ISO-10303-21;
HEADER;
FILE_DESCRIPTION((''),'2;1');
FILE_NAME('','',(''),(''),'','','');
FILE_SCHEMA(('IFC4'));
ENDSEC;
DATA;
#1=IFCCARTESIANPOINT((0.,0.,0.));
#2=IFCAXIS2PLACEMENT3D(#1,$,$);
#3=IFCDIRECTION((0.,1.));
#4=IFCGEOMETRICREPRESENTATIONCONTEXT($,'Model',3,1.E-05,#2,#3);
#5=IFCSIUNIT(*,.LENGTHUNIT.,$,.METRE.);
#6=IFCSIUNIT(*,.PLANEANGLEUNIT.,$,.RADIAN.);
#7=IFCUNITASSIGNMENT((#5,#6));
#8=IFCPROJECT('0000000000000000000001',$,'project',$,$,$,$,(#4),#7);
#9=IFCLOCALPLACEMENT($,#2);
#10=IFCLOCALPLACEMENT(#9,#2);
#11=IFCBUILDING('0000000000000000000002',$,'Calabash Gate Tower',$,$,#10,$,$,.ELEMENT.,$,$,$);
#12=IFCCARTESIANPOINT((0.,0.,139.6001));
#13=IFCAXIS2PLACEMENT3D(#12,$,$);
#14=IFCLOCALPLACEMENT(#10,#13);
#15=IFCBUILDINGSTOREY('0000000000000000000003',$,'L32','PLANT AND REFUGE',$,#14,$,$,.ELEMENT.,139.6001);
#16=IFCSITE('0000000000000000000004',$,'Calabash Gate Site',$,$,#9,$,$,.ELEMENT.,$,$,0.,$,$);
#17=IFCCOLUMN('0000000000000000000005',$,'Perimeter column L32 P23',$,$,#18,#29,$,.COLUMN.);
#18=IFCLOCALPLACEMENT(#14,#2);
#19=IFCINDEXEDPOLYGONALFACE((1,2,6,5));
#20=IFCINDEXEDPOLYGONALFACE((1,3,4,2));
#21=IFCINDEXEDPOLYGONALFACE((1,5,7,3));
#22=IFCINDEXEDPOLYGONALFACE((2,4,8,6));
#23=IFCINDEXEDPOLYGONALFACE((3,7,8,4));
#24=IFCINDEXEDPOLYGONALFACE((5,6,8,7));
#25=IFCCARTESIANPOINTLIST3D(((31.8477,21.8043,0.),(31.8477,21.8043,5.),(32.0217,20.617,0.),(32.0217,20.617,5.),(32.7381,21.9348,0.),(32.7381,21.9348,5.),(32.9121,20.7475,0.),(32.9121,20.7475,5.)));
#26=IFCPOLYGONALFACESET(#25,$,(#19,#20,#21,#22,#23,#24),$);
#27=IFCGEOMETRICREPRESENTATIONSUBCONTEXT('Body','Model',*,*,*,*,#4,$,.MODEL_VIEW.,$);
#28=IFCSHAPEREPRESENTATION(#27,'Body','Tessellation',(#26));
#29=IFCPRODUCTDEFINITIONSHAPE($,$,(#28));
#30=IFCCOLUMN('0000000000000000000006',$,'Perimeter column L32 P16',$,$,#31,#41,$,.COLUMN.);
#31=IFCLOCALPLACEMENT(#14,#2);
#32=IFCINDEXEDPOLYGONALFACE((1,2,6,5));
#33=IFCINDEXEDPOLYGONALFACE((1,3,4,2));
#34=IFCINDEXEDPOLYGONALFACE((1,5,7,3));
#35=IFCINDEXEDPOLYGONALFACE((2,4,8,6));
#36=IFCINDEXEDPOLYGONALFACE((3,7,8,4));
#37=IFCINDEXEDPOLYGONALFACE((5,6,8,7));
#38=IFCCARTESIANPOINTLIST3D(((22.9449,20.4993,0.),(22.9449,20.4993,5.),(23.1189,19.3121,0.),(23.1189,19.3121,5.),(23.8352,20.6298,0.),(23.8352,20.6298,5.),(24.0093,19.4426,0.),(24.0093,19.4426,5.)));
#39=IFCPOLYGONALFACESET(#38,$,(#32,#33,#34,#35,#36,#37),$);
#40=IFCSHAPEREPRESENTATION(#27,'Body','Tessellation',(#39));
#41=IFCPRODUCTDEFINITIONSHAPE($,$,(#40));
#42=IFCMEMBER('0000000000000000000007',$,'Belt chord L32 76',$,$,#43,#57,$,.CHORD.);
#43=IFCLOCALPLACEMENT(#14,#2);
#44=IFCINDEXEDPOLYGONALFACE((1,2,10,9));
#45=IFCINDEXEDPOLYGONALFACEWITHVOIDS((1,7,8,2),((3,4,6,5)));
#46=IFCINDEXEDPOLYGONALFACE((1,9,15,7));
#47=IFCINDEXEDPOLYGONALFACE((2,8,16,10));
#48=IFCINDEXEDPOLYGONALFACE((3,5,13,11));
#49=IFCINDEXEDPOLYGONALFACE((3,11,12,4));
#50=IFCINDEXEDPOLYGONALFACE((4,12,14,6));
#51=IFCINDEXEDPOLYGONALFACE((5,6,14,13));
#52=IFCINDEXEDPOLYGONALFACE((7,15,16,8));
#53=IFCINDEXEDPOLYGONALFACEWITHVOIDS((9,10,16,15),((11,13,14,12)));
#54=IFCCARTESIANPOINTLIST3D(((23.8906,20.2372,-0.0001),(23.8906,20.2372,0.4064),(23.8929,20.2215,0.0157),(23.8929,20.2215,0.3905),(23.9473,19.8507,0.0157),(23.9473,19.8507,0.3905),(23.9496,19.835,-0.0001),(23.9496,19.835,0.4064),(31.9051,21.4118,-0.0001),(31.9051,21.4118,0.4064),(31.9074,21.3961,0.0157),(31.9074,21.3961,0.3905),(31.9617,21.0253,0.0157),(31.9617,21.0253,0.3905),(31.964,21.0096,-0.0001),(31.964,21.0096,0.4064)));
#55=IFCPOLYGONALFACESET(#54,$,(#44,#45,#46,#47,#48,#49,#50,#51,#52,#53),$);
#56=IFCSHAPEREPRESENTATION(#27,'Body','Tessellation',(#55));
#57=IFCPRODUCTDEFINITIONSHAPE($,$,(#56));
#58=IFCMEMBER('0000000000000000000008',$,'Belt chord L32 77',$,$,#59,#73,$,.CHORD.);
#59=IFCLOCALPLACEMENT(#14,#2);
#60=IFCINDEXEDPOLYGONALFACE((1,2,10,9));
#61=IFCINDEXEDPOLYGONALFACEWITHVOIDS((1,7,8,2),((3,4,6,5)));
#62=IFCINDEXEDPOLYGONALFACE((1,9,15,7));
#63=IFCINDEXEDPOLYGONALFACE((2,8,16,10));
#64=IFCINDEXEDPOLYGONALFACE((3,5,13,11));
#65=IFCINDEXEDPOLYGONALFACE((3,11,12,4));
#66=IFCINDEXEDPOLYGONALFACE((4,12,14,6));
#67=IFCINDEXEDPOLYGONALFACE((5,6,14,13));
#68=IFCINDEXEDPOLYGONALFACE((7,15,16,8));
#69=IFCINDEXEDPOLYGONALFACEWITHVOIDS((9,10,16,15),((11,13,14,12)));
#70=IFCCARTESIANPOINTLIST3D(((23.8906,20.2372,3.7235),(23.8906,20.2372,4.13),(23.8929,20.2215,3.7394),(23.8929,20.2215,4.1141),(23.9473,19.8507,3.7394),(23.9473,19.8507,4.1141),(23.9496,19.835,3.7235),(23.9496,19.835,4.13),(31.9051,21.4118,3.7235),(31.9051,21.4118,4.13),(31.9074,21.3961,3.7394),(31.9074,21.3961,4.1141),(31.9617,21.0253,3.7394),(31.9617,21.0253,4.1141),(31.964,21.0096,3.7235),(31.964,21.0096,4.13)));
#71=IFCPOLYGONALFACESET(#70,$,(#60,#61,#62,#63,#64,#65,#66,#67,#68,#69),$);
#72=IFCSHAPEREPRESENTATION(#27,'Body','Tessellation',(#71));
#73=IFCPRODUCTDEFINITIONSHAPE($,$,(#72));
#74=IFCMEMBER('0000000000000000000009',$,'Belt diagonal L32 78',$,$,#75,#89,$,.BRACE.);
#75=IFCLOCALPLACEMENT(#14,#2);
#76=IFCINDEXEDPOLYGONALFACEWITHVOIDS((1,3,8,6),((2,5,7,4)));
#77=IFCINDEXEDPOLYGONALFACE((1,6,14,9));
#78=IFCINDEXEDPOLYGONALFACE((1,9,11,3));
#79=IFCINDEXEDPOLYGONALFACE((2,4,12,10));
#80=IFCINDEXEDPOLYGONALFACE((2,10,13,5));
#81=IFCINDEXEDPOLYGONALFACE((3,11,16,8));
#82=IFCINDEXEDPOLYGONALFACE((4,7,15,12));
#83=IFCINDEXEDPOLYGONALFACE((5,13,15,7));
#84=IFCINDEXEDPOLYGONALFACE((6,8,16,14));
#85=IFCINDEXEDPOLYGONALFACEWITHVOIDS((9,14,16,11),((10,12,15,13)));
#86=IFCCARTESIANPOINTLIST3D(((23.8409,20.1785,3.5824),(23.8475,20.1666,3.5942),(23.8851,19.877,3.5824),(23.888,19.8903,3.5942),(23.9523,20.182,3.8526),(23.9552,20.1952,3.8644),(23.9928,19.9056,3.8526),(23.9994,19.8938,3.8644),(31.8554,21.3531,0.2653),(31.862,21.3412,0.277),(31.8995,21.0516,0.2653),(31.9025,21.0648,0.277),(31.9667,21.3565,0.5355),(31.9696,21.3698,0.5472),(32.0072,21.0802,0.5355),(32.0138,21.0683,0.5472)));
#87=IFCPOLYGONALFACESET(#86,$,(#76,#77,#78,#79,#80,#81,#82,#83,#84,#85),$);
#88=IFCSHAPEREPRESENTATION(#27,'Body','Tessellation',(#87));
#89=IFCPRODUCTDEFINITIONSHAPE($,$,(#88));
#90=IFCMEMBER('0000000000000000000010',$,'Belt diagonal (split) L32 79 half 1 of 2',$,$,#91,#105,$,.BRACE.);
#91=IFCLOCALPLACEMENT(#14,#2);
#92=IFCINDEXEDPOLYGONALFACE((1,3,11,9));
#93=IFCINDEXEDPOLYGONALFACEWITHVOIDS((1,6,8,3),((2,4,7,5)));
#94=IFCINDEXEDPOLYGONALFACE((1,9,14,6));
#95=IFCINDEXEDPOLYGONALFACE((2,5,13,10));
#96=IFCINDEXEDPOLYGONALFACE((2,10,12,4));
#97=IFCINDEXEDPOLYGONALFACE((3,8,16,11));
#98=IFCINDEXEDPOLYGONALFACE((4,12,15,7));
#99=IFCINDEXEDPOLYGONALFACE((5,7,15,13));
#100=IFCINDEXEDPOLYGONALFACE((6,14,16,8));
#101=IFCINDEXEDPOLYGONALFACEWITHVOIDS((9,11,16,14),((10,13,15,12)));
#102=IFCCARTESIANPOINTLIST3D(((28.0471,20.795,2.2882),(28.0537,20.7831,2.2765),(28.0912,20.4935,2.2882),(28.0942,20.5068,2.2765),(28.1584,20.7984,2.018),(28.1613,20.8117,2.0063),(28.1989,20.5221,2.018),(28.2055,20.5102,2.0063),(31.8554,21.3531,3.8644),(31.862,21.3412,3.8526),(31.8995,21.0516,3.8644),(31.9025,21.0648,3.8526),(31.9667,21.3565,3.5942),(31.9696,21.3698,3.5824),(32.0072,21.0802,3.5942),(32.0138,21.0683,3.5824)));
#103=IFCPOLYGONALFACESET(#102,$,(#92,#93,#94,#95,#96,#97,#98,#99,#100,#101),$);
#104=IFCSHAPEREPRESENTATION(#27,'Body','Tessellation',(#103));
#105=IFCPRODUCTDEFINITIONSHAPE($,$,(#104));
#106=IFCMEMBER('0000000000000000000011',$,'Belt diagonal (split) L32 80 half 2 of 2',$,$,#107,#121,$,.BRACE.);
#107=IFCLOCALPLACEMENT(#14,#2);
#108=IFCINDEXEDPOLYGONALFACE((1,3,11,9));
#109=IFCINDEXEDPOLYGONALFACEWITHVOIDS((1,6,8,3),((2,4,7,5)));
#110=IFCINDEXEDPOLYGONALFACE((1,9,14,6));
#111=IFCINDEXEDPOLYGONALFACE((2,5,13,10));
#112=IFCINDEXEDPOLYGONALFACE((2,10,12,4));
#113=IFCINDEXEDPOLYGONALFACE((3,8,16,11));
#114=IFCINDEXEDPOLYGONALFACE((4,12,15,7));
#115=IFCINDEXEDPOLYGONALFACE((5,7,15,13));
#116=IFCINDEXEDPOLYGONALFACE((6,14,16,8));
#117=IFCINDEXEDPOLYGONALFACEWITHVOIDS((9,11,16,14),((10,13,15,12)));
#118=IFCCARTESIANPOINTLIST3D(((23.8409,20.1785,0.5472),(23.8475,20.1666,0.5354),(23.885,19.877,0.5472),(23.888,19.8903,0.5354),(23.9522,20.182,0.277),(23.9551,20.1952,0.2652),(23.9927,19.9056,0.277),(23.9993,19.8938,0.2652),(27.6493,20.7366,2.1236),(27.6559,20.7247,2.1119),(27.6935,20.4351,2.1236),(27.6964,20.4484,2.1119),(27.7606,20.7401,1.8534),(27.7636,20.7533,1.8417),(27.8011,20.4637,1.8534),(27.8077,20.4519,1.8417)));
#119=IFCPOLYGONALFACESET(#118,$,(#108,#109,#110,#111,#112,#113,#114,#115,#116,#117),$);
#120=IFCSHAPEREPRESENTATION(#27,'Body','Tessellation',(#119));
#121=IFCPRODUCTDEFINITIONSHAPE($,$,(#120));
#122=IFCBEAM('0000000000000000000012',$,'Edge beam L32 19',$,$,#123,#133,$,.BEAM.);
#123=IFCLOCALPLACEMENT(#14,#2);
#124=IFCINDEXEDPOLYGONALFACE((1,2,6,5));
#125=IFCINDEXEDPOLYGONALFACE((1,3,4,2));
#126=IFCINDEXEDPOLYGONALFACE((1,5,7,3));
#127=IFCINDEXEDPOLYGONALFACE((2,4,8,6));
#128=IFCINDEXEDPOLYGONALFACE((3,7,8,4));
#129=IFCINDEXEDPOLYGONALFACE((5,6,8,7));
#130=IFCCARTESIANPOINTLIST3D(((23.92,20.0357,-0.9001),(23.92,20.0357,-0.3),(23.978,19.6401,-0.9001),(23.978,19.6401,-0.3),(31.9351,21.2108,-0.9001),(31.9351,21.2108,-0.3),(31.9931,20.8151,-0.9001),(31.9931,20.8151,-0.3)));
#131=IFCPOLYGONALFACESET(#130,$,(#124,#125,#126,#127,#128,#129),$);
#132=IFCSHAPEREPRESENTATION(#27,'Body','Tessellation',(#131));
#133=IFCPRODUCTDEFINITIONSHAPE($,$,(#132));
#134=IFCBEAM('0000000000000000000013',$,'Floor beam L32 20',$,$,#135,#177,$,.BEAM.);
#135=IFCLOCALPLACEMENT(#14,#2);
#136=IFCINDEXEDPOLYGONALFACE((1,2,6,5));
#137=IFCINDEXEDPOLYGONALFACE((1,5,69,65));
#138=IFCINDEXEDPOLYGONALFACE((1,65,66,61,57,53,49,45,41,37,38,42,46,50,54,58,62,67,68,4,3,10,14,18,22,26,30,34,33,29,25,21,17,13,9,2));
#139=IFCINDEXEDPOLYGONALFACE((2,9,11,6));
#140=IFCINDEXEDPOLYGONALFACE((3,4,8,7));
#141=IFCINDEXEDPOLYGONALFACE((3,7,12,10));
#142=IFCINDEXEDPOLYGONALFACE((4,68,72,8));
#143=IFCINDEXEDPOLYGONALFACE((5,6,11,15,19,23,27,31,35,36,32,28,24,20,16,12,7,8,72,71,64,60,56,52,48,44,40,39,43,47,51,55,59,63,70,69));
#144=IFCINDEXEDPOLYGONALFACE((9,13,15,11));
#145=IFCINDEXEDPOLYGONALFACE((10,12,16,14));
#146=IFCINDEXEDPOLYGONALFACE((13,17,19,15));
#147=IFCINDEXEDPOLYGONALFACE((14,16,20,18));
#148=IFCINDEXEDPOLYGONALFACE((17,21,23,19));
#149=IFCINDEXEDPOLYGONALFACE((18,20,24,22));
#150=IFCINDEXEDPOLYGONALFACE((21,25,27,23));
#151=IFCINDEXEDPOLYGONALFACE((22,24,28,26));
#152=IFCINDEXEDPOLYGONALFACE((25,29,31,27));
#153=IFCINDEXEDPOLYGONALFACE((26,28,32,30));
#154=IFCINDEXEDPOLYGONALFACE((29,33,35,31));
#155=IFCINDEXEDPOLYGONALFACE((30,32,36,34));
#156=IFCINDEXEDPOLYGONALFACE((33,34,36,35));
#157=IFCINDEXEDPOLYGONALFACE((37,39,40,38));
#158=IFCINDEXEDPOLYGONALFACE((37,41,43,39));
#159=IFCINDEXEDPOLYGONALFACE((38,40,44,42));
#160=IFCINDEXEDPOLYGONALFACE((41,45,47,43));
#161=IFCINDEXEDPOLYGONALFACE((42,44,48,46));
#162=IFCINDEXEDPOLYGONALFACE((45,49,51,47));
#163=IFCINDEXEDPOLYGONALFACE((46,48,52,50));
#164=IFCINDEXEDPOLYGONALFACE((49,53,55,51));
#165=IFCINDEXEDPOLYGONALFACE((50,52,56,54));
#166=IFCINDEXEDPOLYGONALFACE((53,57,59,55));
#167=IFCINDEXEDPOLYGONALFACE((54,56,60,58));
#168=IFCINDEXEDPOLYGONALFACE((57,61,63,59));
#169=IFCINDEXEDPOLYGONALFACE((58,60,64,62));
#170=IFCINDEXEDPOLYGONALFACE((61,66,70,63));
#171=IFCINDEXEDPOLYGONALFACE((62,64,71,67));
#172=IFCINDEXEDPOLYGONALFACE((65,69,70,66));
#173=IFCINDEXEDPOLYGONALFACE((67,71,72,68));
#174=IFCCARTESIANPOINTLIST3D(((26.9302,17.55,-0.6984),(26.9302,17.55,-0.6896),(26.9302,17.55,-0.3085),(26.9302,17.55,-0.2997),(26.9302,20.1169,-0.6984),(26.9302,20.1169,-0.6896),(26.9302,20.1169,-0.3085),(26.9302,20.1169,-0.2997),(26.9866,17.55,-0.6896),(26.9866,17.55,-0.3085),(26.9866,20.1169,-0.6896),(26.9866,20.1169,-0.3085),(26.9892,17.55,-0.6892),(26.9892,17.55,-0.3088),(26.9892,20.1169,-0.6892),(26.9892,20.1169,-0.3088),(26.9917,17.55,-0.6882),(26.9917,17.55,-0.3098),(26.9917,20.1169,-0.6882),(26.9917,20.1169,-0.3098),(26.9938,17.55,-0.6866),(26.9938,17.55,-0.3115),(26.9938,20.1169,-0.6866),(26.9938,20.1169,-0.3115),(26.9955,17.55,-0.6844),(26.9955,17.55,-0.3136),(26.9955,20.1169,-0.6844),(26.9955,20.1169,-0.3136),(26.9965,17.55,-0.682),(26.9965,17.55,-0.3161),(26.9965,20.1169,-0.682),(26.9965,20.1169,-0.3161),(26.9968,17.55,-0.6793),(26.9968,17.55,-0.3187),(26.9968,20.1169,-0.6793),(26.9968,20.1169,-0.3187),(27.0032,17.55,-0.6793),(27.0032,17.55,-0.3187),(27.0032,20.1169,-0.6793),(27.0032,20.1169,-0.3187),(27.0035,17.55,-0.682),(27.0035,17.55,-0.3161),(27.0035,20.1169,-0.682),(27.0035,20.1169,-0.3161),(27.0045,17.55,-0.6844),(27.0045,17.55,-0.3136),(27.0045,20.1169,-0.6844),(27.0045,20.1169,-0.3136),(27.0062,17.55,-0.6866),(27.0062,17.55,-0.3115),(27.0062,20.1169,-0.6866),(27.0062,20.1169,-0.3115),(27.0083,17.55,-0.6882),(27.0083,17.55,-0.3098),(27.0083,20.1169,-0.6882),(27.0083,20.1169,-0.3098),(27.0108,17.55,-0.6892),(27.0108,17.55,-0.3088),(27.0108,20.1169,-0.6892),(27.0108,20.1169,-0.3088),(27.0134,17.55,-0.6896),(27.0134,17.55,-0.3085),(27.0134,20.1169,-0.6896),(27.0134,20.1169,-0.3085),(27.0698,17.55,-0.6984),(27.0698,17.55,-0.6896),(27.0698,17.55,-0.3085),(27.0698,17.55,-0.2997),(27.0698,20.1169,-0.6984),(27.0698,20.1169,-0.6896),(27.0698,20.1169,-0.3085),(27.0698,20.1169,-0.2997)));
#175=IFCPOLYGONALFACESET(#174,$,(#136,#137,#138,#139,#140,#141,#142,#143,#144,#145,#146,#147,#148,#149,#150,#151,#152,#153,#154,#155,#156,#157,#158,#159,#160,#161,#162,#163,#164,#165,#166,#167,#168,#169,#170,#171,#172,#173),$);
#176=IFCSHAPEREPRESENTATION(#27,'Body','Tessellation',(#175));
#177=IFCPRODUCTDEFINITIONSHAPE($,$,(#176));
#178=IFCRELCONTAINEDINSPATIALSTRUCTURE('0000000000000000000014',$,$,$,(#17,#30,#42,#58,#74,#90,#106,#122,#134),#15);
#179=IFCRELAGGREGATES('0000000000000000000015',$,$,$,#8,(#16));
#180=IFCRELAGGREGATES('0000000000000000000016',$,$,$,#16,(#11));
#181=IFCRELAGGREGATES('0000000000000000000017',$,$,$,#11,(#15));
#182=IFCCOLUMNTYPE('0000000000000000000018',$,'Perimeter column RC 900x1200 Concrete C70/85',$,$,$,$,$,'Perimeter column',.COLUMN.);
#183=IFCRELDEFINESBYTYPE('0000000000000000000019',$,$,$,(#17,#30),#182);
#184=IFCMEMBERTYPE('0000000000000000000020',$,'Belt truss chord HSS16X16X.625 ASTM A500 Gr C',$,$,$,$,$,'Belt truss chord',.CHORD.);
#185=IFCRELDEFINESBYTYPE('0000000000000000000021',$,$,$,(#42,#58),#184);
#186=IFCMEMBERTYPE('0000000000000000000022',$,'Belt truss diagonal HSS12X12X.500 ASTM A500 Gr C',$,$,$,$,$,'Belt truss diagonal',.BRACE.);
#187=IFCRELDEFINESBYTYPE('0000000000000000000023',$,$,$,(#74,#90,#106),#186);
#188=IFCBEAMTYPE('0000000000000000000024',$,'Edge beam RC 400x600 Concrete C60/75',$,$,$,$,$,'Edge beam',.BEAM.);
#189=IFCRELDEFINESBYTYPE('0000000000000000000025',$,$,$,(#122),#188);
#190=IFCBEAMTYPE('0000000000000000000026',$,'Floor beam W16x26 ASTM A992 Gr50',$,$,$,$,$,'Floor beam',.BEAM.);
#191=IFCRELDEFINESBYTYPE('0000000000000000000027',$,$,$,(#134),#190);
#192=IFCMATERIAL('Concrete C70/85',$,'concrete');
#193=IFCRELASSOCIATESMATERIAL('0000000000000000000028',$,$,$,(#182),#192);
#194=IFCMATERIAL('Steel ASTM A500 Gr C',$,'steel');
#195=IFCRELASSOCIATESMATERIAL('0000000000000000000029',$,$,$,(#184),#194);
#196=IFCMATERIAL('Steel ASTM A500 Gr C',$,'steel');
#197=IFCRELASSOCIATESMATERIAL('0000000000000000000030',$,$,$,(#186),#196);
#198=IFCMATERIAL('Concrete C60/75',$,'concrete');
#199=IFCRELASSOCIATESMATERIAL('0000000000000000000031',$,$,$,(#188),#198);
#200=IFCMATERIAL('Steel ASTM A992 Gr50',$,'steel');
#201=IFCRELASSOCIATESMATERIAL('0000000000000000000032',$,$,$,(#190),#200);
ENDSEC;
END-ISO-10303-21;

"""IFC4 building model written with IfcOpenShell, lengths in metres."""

from ifc_helpers import new_model, si_unit, direction, frame, origin, origin_2d, place, context, subcontext, project, spatial, rectangle, hollow_rectangle, i_section, extrude, material, material_profile, profile_set, type_object, element, save


model = new_model("IFC4")

# Units and contexts
model_context = context("Model", 3, precision=1e-05, world=origin(), true_north=direction((0.0, 1.0)))
body_context = subcontext(model_context, "Body", "Model", "MODEL_VIEW")
ifc_project = project(units=[si_unit("LENGTHUNIT", "METRE"), si_unit("PLANEANGLEUNIT", "RADIAN")], contexts=[model_context])

# Site, building, storey
site_placement = place(None, origin())
site = spatial("IfcSite", under=ifc_project, at=site_placement, Name="Calabash Gate Site", CompositionType="ELEMENT", RefElevation=0.0)
building_placement = place(site_placement, origin())
building = spatial("IfcBuilding", under=site, at=building_placement, Name="Calabash Gate Tower", CompositionType="ELEMENT")
storey_placement = place(building_placement, frame((0.0, 0.0, 139.6001)))
storey = spatial("IfcBuildingStorey", under=building, at=storey_placement, Name="L32", Description="PLANT AND REFUGE", CompositionType="ELEMENT", Elevation=139.6001)

# Columns
ifc_material_1 = material(Name="Concrete C70/85", Category="concrete")
ifc_material_profile_1 = material_profile(ifc_material_1, rectangle(XDim=0.8999, YDim=1.2, at=origin_2d()))
ifc_profile_set_1 = profile_set([ifc_material_profile_1], Name="Concrete C70/85")
column_type = type_object("IfcColumnType", Name="Perimeter column RC 900x1200 Concrete C70/85", ElementType="Perimeter column", PredefinedType="COLUMN", material=ifc_profile_set_1)
for number, where, z_axis, x_axis, name in (
    (1, (32.3799, 21.2759, 0.0), (0.0, 0.0, 1.0), (-0.98943, -0.145015, 0.0), "Perimeter column L32 P23"),
    (2, (23.4771, 19.9709, 0.0), (0.0, 0.0, 1.0), (-0.98943, -0.145015, 0.0), "Perimeter column L32 P16"),
):
    element("IfcColumn", number, at=place(storey_placement, frame(where, z_axis=z_axis, x_axis=x_axis)), inside=storey, type_object=column_type, Name=name, PredefinedType="COLUMN", context=body_context, shape_type="SweptSolid", body=[
        extrude(rectangle(XDim=0.8999, YDim=1.2, at=origin_2d()), origin(), (0.0, 0.0, 1.0), 5.0),
    ])

# Members
ifc_material_2 = material(Name="Steel ASTM A500 Gr C", Category="steel")
ifc_material_profile_2 = material_profile(ifc_material_2, hollow_rectangle(XDim=0.4065, YDim=0.4065, WallThickness=0.0159, at=origin_2d()))
ifc_profile_set_2 = profile_set([ifc_material_profile_2], Name="Steel ASTM A500 Gr C")
member_type_1 = type_object("IfcMemberType", Name="Belt truss chord HSS16X16X.625 ASTM A500 Gr C", ElementType="Belt truss chord", PredefinedType="CHORD", material=ifc_profile_set_2)
for number, where, z_axis, x_axis, name in (
    (3, (31.9346, 21.2107, 0.2031), (-0.989431, -0.145007, 0.0), (0.145007, -0.989431, 0.0), "Belt chord L32 76"),
    (4, (31.9346, 21.2107, 3.9268), (-0.989431, -0.145007, 0.0), (0.145007, -0.989431, 0.0), "Belt chord L32 77"),
):
    element("IfcMember", number, at=place(storey_placement, frame(where, z_axis=z_axis, x_axis=x_axis)), inside=storey, type_object=member_type_1, Name=name, PredefinedType="CHORD", context=body_context, shape_type="SweptSolid", body=[
        extrude(hollow_rectangle(XDim=0.4065, YDim=0.4065, WallThickness=0.0159, at=origin_2d()), origin(), (0.0, 0.0, 1.0), 8.1001),
    ])
ifc_material_3 = material(Name="Steel ASTM A500 Gr C", Category="steel")
ifc_material_profile_3 = material_profile(ifc_material_3, hollow_rectangle(XDim=0.3047, YDim=0.3047, WallThickness=0.0127, at=origin_2d()))
ifc_profile_set_3 = profile_set([ifc_material_profile_3], Name="Steel ASTM A500 Gr C")
member_type_2 = type_object("IfcMemberType", Name="Belt truss diagonal HSS12X12X.500 ASTM A500 Gr C", ElementType="Belt truss diagonal", PredefinedType="BRACE", material=ifc_profile_set_3)
member_1_placement = place(storey_placement, frame((31.9346, 21.2107, 0.4062), z_axis=(-0.915626, -0.134191, 0.378975), x_axis=(0.145007, -0.989431, 0.0)))
element("IfcMember", 5, at=member_1_placement, inside=storey, type_object=member_type_2, Name="Belt diagonal L32 78", PredefinedType="BRACE", context=body_context, shape_type="SweptSolid", body=[
    extrude(hollow_rectangle(XDim=0.3047, YDim=0.3047, WallThickness=0.0127, at=origin_2d()), origin(), (0.0, 0.0, 1.0), 8.7529),
])
member_2_placement = place(storey_placement, frame((31.9346, 21.2107, 3.7234), z_axis=(-0.915635, -0.134184, -0.378956), x_axis=(0.144999, -0.989432, 0.0)))
element("IfcMember", 6, at=member_2_placement, inside=storey, type_object=member_type_2, Name="Belt diagonal (split) L32 79 half 1 of 2", PredefinedType="BRACE", context=body_context, shape_type="SweptSolid", body=[
    extrude(hollow_rectangle(XDim=0.3047, YDim=0.3047, WallThickness=0.0127, at=origin_2d()), origin(), (0.0, 0.0, 1.0), 4.1592),
])
member_3_placement = place(storey_placement, frame((27.7285, 20.5942, 1.9827), z_axis=(-0.915614, -0.134181, -0.379006), x_axis=(0.144999, -0.989432, 0.0)))
element("IfcMember", 7, at=member_3_placement, inside=storey, type_object=member_type_2, Name="Belt diagonal (split) L32 80 half 2 of 2", PredefinedType="BRACE", context=body_context, shape_type="SweptSolid", body=[
    extrude(hollow_rectangle(XDim=0.3047, YDim=0.3047, WallThickness=0.0127, at=origin_2d()), origin(), (0.0, 0.0, 1.0), 4.1594),
])

# Beams
ifc_material_4 = material(Name="Concrete C60/75", Category="concrete")
ifc_material_profile_4 = material_profile(ifc_material_4, rectangle(XDim=0.3999, YDim=0.6001, at=origin_2d()))
ifc_profile_set_4 = profile_set([ifc_material_profile_4], Name="Concrete C60/75")
beam_type_1 = type_object("IfcBeamType", Name="Edge beam RC 400x600 Concrete C60/75", ElementType="Edge beam", PredefinedType="BEAM", material=ifc_profile_set_4)
beam_1_placement = place(storey_placement, frame((31.9641, 21.0129, -0.6001), z_axis=(-0.989424, -0.145053, 0.0), x_axis=(0.145053, -0.989424, 0.0)))
element("IfcBeam", 8, at=beam_1_placement, inside=storey, type_object=beam_type_1, Name="Edge beam L32 19", PredefinedType="BEAM", context=body_context, shape_type="SweptSolid", body=[
    extrude(rectangle(XDim=0.3999, YDim=0.6001, at=origin_2d()), origin(), (0.0, 0.0, 1.0), 8.1008),
])
ifc_material_5 = material(Name="Steel ASTM A992 Gr50", Category="steel")
ifc_material_profile_5 = material_profile(ifc_material_5, i_section(OverallWidth=0.1396, OverallDepth=0.3987, WebThickness=0.0063, FlangeThickness=0.0088, FilletRadius=0.0103, at=origin_2d()))
ifc_profile_set_5 = profile_set([ifc_material_profile_5], Name="Steel ASTM A992 Gr50")
beam_type_2 = type_object("IfcBeamType", Name="Floor beam W16x26 ASTM A992 Gr50", ElementType="Floor beam", PredefinedType="BEAM", material=ifc_profile_set_5)
beam_2_placement = place(storey_placement, frame((27.0, 17.55, -0.499), z_axis=(0.0, 1.0, 0.0), x_axis=(-1.0, 0.0, 0.0)))
element("IfcBeam", 9, at=beam_2_placement, inside=storey, type_object=beam_type_2, Name="Floor beam L32 20", PredefinedType="BEAM", context=body_context, shape_type="SweptSolid", body=[
    extrude(i_section(OverallWidth=0.1396, OverallDepth=0.3987, WebThickness=0.0063, FlangeThickness=0.0088, FilletRadius=0.0103, at=origin_2d()), origin(), (0.0, 0.0, 1.0), 2.5669),
])

save(model, "model.ifc")
